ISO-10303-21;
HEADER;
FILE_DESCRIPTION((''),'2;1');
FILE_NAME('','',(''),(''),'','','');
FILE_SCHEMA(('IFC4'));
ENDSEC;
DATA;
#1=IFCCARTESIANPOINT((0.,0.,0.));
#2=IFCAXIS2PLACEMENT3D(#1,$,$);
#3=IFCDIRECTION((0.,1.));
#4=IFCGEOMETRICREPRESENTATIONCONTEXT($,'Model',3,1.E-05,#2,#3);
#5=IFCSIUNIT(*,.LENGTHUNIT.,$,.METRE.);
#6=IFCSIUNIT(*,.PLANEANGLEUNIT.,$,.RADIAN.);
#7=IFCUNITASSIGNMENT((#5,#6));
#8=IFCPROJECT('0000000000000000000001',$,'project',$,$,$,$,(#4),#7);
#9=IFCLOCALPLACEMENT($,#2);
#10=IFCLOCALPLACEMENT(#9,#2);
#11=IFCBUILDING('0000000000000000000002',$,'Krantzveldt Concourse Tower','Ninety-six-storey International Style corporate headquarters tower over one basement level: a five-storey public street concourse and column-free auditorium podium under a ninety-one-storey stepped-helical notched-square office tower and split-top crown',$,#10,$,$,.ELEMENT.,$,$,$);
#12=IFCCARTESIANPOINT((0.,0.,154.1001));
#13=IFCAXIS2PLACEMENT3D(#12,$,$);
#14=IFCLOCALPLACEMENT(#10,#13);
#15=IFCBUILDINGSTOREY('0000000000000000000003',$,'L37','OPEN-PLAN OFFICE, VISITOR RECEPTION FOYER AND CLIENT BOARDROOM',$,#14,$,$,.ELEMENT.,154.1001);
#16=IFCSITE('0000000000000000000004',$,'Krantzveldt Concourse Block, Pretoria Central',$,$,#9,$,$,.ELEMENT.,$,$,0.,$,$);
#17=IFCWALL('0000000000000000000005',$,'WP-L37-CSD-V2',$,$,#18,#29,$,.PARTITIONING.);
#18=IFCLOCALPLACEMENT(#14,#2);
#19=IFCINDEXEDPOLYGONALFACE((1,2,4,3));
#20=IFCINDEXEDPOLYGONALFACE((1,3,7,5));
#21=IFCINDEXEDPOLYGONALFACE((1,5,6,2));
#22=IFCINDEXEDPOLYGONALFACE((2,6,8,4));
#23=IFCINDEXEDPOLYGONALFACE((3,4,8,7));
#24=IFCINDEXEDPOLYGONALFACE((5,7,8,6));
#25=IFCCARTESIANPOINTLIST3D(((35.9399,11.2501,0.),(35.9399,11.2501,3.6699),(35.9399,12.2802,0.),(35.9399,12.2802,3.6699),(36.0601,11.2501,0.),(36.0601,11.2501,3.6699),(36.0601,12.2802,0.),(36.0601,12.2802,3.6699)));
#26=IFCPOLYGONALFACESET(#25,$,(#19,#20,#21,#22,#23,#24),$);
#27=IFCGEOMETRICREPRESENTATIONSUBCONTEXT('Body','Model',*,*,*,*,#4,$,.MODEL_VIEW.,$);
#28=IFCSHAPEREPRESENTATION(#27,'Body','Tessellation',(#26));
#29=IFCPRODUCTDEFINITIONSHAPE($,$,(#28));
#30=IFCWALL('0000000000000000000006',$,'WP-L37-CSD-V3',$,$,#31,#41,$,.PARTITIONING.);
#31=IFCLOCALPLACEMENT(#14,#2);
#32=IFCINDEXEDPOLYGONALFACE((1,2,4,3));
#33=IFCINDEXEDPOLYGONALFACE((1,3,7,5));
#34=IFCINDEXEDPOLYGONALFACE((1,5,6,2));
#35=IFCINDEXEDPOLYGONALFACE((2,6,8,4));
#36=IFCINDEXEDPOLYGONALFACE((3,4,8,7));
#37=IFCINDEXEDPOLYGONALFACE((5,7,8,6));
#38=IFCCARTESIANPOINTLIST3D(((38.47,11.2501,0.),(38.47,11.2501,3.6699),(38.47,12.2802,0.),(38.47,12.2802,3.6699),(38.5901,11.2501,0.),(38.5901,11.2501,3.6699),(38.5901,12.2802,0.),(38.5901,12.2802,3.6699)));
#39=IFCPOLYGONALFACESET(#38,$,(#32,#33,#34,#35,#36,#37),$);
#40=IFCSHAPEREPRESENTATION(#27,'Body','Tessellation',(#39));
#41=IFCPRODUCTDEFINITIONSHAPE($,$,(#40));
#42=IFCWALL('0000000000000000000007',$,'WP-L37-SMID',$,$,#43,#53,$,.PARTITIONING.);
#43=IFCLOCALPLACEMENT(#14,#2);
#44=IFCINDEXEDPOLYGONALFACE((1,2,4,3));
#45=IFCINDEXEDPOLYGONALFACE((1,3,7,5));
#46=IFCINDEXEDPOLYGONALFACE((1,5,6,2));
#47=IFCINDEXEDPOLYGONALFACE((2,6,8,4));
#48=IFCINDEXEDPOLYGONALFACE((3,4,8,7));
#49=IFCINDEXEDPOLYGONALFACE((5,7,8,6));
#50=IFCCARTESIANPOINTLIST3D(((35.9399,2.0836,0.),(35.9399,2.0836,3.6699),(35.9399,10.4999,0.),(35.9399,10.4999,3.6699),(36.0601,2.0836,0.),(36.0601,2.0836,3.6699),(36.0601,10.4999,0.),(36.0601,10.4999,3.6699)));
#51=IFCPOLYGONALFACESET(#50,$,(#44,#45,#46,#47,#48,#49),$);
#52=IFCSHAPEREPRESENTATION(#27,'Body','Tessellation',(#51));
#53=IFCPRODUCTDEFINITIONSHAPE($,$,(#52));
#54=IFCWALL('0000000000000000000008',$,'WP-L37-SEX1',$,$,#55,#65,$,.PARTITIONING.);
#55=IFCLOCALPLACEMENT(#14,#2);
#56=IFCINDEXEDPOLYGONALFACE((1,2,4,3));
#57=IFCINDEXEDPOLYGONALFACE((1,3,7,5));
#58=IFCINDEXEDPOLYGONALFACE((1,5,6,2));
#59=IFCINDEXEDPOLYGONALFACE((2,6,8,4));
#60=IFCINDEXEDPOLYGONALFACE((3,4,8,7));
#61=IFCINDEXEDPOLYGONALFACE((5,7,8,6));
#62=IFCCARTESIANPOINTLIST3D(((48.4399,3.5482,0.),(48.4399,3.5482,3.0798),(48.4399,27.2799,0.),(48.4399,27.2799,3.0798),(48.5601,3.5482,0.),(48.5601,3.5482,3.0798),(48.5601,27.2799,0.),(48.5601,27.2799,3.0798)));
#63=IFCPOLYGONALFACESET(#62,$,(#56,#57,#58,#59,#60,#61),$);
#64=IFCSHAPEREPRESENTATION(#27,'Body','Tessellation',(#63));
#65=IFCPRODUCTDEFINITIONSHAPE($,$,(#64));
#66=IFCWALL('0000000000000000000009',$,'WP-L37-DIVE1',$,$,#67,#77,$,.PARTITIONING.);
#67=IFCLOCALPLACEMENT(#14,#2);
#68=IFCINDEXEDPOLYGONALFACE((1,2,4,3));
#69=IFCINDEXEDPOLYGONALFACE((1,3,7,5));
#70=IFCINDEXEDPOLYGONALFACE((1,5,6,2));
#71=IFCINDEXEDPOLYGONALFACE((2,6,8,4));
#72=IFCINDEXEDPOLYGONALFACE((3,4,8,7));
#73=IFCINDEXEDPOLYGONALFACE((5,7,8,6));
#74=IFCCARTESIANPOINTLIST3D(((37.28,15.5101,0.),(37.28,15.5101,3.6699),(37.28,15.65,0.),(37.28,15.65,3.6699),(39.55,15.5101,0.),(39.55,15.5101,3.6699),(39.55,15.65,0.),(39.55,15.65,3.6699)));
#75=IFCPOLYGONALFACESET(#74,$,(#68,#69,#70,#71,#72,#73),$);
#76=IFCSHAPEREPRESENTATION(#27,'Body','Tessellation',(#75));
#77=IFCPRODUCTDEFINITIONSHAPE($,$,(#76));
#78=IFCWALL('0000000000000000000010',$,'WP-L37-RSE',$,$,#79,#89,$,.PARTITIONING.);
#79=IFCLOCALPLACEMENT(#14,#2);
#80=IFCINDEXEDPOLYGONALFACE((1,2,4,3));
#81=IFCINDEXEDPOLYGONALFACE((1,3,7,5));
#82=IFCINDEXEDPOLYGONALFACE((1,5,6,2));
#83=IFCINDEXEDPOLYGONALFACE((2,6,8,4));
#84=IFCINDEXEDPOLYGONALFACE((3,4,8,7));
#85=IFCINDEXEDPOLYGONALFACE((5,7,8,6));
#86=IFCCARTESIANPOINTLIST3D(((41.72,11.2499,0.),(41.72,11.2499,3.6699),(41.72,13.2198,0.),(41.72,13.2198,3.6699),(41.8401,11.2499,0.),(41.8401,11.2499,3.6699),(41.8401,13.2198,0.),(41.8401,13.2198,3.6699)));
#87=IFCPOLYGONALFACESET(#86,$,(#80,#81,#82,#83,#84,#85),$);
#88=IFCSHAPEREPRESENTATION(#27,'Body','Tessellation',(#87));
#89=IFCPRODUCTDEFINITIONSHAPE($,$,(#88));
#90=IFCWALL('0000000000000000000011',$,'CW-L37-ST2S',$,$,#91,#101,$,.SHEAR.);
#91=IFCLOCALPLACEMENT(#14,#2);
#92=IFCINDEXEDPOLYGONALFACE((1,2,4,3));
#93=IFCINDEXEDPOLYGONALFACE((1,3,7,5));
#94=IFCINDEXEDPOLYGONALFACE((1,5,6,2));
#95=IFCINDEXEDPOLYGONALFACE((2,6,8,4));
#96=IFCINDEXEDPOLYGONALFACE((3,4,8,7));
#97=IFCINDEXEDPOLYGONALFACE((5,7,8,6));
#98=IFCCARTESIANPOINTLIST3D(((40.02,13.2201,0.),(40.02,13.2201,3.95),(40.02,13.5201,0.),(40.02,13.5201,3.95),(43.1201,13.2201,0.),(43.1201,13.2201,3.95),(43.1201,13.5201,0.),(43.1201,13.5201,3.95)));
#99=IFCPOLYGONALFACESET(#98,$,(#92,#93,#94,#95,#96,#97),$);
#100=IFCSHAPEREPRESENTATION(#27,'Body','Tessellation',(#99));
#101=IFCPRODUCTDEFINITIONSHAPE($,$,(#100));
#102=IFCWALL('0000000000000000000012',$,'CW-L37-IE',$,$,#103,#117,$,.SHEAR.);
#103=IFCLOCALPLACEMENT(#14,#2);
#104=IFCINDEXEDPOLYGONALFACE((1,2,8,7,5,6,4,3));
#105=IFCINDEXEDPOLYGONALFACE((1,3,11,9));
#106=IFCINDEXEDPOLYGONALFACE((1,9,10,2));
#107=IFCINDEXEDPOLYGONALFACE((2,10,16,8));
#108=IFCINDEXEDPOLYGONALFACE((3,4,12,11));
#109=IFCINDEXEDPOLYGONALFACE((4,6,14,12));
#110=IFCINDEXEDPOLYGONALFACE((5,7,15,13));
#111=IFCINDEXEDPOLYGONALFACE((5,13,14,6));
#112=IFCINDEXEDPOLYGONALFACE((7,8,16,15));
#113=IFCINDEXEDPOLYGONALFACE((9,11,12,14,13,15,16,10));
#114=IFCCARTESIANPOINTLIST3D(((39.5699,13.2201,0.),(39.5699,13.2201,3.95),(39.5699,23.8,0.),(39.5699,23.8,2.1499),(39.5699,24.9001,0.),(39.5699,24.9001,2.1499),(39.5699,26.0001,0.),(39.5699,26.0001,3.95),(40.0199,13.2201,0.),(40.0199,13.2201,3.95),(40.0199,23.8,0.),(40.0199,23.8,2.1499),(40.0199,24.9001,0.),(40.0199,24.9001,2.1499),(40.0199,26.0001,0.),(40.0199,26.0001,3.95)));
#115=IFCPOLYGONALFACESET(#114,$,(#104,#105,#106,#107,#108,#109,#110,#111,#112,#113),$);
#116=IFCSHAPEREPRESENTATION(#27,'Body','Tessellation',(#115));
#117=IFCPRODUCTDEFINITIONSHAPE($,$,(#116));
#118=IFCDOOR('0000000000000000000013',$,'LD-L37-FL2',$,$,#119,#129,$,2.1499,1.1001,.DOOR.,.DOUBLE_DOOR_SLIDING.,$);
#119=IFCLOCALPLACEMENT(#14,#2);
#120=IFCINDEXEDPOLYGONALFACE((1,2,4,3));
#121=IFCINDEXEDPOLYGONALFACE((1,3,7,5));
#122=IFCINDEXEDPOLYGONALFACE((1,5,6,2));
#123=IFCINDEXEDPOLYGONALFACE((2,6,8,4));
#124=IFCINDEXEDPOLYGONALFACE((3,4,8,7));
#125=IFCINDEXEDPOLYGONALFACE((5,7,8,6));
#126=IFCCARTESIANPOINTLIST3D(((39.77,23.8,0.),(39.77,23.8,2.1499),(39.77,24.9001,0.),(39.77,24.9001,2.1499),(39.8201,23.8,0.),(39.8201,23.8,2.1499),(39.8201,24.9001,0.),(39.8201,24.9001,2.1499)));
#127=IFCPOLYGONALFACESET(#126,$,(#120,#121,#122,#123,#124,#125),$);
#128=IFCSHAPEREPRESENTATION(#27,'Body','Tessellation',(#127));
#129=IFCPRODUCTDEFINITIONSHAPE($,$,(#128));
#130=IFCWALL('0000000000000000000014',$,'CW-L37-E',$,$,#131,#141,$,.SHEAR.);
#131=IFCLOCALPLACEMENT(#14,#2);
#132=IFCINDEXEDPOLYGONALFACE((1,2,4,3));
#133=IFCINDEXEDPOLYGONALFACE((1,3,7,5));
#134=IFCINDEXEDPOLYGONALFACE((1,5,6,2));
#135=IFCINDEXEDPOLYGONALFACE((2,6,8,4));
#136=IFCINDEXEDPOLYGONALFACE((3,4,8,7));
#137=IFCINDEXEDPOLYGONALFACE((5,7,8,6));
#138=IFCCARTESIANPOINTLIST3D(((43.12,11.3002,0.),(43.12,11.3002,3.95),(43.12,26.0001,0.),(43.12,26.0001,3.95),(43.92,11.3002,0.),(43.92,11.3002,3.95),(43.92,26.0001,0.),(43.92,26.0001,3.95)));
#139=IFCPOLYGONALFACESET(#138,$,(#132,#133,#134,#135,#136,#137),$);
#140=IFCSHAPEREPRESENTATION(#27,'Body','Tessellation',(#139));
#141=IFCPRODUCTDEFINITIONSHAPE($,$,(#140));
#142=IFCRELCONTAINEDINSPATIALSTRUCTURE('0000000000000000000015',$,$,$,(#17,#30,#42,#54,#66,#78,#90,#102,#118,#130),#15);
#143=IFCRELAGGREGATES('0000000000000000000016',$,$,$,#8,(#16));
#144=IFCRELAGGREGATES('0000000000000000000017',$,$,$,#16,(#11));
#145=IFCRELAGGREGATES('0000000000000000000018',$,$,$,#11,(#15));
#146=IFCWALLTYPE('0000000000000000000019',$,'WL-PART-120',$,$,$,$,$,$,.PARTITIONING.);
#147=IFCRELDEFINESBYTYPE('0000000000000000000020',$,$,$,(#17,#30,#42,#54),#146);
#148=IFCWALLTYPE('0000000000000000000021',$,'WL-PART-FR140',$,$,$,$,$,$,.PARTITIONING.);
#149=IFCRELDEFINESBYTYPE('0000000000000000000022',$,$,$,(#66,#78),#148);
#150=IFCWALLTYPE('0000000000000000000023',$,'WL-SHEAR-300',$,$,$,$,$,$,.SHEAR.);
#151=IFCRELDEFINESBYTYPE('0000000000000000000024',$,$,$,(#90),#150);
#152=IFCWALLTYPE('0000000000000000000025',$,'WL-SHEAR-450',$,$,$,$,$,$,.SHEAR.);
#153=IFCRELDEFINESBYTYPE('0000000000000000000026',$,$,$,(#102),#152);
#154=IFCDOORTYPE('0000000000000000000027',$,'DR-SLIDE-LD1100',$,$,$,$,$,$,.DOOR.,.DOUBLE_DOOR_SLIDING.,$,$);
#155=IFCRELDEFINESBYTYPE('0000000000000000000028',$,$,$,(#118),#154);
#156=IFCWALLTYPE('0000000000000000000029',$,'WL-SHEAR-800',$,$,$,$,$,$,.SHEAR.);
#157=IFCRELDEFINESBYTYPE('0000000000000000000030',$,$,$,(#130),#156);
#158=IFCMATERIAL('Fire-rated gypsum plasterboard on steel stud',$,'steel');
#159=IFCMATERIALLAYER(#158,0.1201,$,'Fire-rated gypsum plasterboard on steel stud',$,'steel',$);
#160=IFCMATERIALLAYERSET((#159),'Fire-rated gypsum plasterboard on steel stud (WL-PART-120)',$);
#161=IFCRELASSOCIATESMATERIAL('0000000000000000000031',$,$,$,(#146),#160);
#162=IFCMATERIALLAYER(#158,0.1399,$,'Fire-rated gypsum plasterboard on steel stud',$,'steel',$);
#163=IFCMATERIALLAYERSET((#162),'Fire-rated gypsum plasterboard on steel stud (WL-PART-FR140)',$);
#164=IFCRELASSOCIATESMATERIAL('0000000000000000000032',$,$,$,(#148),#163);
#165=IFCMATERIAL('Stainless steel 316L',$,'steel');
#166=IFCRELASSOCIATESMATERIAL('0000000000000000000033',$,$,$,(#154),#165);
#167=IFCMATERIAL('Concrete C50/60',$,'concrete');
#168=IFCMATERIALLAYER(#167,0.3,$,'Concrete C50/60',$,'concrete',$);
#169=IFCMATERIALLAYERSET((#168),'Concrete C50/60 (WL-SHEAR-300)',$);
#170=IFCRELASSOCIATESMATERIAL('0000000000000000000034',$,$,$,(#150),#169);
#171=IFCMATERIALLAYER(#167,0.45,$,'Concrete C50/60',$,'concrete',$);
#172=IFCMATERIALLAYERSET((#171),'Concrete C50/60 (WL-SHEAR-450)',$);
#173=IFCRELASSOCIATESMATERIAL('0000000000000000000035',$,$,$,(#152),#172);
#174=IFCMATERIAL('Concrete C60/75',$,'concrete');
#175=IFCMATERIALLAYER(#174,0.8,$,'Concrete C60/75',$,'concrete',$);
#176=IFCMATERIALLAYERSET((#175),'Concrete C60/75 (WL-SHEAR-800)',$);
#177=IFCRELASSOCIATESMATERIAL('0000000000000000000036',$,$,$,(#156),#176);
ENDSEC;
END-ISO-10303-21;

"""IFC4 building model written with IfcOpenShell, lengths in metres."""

from ifc_helpers import new_model, si_unit, direction, frame, frame_2d, origin, place, context, subcontext, project, spatial, rectangle, extrude, material, layer, layer_set, type_object, element, fill, save


model = new_model("IFC4")

# Units and contexts
model_context = context("Model", 3, precision=1e-05, world=origin(), true_north=direction((0.0, 1.0)))
body_context = subcontext(model_context, "Body", "Model", "MODEL_VIEW")
ifc_project = project(units=[si_unit("LENGTHUNIT", "METRE"), si_unit("PLANEANGLEUNIT", "RADIAN")], contexts=[model_context])

# Site, building, storey
site_placement = place(None, origin())
site = spatial("IfcSite", under=ifc_project, at=site_placement, Name="Krantzveldt Concourse Block, Pretoria Central", CompositionType="ELEMENT", RefElevation=0.0)
building_placement = place(site_placement, origin())
building = spatial("IfcBuilding", under=site, at=building_placement, Name="Krantzveldt Concourse Tower", Description="Ninety-six-storey International Style corporate headquarters tower over one basement level: a five-storey public street concourse and column-free auditorium podium under a ninety-one-storey stepped-helical notched-square office tower and split-top crown", CompositionType="ELEMENT")
storey_placement = place(building_placement, frame((0.0, 0.0, 154.1001)))
storey = spatial("IfcBuildingStorey", under=building, at=storey_placement, Name="L37", Description="OPEN-PLAN OFFICE, VISITOR RECEPTION FOYER AND CLIENT BOARDROOM", CompositionType="ELEMENT", Elevation=154.1001)

# Shared definitions
ifc_material_1 = material(Name="Concrete C50/60", Category="concrete")

# Walls
ifc_material_2 = material(Name="Fire-rated gypsum plasterboard on steel stud", Category="steel")
ifc_layer_1 = layer(ifc_material_2, 0.1201, Name="Fire-rated gypsum plasterboard on steel stud", Category="steel")
ifc_layer_set_1 = layer_set([ifc_layer_1], Name="Fire-rated gypsum plasterboard on steel stud (WL-PART-120)")
wall_type_1 = type_object("IfcWallType", Name="WL-PART-120", PredefinedType="PARTITIONING", material=ifc_layer_set_1)
for number, where, z_axis, x_axis, name in (
    (1, (36.0, 11.25, 0.0), (0.0, 0.0, 1.0), (0.0, 1.0, 0.0), "WP-L37-CSD-V2"),
    (2, (38.53, 11.25, 0.0), (0.0, 0.0, 1.0), (0.0, 1.0, 0.0), "WP-L37-CSD-V3"),
):
    element("IfcWall", number, at=place(storey_placement, frame(where, z_axis=z_axis, x_axis=x_axis)), inside=storey, type_object=wall_type_1, Name=name, PredefinedType="PARTITIONING", context=body_context, shape_type="SweptSolid", body=[
        extrude(rectangle(XDim=1.03, YDim=0.1201, at=frame_2d((0.5151, 0.0))), origin(), (0.0, 0.0, 1.0), 3.6699),
    ])
wall_1_placement = place(storey_placement, frame((36.0, 2.0837, 0.0), z_axis=(0.0, 0.0, 1.0), x_axis=(0.0, 1.0, 0.0)))
element("IfcWall", 3, at=wall_1_placement, inside=storey, type_object=wall_type_1, Name="WP-L37-SMID", PredefinedType="PARTITIONING", context=body_context, shape_type="SweptSolid", body=[
    extrude(rectangle(XDim=8.4163, YDim=0.1201, at=frame_2d((4.208, 0.0))), origin(), (0.0, 0.0, 1.0), 3.6699),
])
wall_2_placement = place(storey_placement, frame((48.5, 3.5483, 0.0), z_axis=(0.0, 0.0, 1.0), x_axis=(0.0, 1.0, 0.0)))
element("IfcWall", 4, at=wall_2_placement, inside=storey, type_object=wall_type_1, Name="WP-L37-SEX1", PredefinedType="PARTITIONING", context=body_context, shape_type="SweptSolid", body=[
    extrude(rectangle(XDim=23.7317, YDim=0.1201, at=frame_2d((11.8657, 0.0))), origin(), (0.0, 0.0, 1.0), 3.0798),
])

# Shared definitions
ifc_layer_2 = layer(ifc_material_2, 0.1399, Name="Fire-rated gypsum plasterboard on steel stud", Category="steel")
ifc_layer_set_2 = layer_set([ifc_layer_2], Name="Fire-rated gypsum plasterboard on steel stud (WL-PART-FR140)")
wall_type_2 = type_object("IfcWallType", Name="WL-PART-FR140", PredefinedType="PARTITIONING", material=ifc_layer_set_2)
ifc_material_3 = material(Name="Stainless steel 316L", Category="steel")
door_type = type_object("IfcDoorType", Name="DR-SLIDE-LD1100", OperationType="DOUBLE_DOOR_SLIDING", PredefinedType="DOOR", material=ifc_material_3)

# Walls
wall_3_placement = place(storey_placement, frame((37.28, 15.5801, 0.0), z_axis=(0.0, 0.0, 1.0), x_axis=(1.0, 0.0, 0.0)))
element("IfcWall", 5, at=wall_3_placement, inside=storey, type_object=wall_type_2, Name="WP-L37-DIVE1", PredefinedType="PARTITIONING", context=body_context, shape_type="SweptSolid", body=[
    extrude(rectangle(XDim=2.27, YDim=0.1399, at=frame_2d((1.135, 0.0))), origin(), (0.0, 0.0, 1.0), 3.6699),
])
wall_4_placement = place(storey_placement, frame((41.78, 11.25, 0.0), z_axis=(0.0, 0.0, 1.0), x_axis=(0.0, 1.0, 0.0)))
element("IfcWall", 6, at=wall_4_placement, inside=storey, type_object=wall_type_2, Name="WP-L37-RSE", PredefinedType="PARTITIONING", context=body_context, shape_type="SweptSolid", body=[
    extrude(rectangle(XDim=1.97, YDim=0.1201, at=frame_2d((0.9849, 0.0))), origin(), (0.0, 0.0, 1.0), 3.6699),
])
ifc_layer_3 = layer(ifc_material_1, 0.3, Name="Concrete C50/60", Category="concrete")
ifc_layer_set_3 = layer_set([ifc_layer_3], Name="Concrete C50/60 (WL-SHEAR-300)")
wall_type_3 = type_object("IfcWallType", Name="WL-SHEAR-300", PredefinedType="SHEAR", material=ifc_layer_set_3)
wall_5_placement = place(storey_placement, frame((40.02, 13.3701, 0.0), z_axis=(0.0, 0.0, 1.0), x_axis=(1.0, 0.0, 0.0)))
element("IfcWall", 7, at=wall_5_placement, inside=storey, type_object=wall_type_3, Name="CW-L37-ST2S", PredefinedType="SHEAR", context=body_context, shape_type="SweptSolid", body=[
    extrude(rectangle(XDim=3.1001, YDim=0.3, at=frame_2d((1.55, 0.0))), origin(), (0.0, 0.0, 1.0), 3.95),
])

# Wall, opening, door
ifc_layer_4 = layer(ifc_material_1, 0.45, Name="Concrete C50/60", Category="concrete")
ifc_layer_set_4 = layer_set([ifc_layer_4], Name="Concrete C50/60 (WL-SHEAR-450)")
wall_type_4 = type_object("IfcWallType", Name="WL-SHEAR-450", PredefinedType="SHEAR", material=ifc_layer_set_4)
wall_6_placement = place(storey_placement, frame((39.7949, 13.22, 0.0), z_axis=(0.0, 0.0, 1.0), x_axis=(0.0, 1.0, 0.0)))
wall_6 = element("IfcWall", 8, at=wall_6_placement, inside=storey, type_object=wall_type_4, Name="CW-L37-IE", PredefinedType="SHEAR", context=body_context, shape_type="SweptSolid", body=[
    extrude(rectangle(XDim=12.78, YDim=0.45, at=frame_2d((6.3901, 0.0))), origin(), (0.0, 0.0, 1.0), 3.95),
])
opening_1_placement = place(wall_6_placement, frame((10.5801, 0.0, 0.0)))
opening_1 = element("IfcOpeningElement", 9, at=opening_1_placement, cuts=wall_6, PredefinedType="OPENING", context=body_context, shape_type="SweptSolid", body=[
    extrude(rectangle(XDim=1.1001, YDim=2.1499, at=frame_2d((0.55, 1.075))), frame((0.0, 0.2349, 0.0), z_axis=(0.0, -1.0, 0.0), x_axis=(1.0, 0.0, 0.0)), (0.0, 0.0, 1.0), 0.47),
])
door_1_placement = place(opening_1_placement, origin())
door_1 = element("IfcDoor", 10, at=door_1_placement, inside=storey, type_object=door_type, Name="LD-L37-FL2", OperationType="DOUBLE_DOOR_SLIDING", OverallHeight=2.1499, OverallWidth=1.1001, PredefinedType="DOOR", context=body_context, shape_type="SweptSolid", body=[
    extrude(rectangle(XDim=1.1001, YDim=2.1499, at=frame_2d((0.55, 1.075))), frame((0.0, 0.0249, 0.0), z_axis=(0.0, -1.0, 0.0), x_axis=(1.0, 0.0, 0.0)), (0.0, 0.0, 1.0), 0.05),
])
fill(opening_1, door_1)

# Wall
ifc_material_4 = material(Name="Concrete C60/75", Category="concrete")
ifc_layer_5 = layer(ifc_material_4, 0.8, Name="Concrete C60/75", Category="concrete")
ifc_layer_set_5 = layer_set([ifc_layer_5], Name="Concrete C60/75 (WL-SHEAR-800)")
wall_type_5 = type_object("IfcWallType", Name="WL-SHEAR-800", PredefinedType="SHEAR", material=ifc_layer_set_5)
wall_7_placement = place(storey_placement, frame((43.52, 11.3, 0.0), z_axis=(0.0, 0.0, 1.0), x_axis=(0.0, 1.0, 0.0)))
element("IfcWall", 11, at=wall_7_placement, inside=storey, type_object=wall_type_5, Name="CW-L37-E", PredefinedType="SHEAR", context=body_context, shape_type="SweptSolid", body=[
    extrude(rectangle(XDim=14.7, YDim=0.8, at=frame_2d((7.3501, 0.0))), origin(), (0.0, 0.0, 1.0), 3.95),
])

save(model, "model.ifc")
